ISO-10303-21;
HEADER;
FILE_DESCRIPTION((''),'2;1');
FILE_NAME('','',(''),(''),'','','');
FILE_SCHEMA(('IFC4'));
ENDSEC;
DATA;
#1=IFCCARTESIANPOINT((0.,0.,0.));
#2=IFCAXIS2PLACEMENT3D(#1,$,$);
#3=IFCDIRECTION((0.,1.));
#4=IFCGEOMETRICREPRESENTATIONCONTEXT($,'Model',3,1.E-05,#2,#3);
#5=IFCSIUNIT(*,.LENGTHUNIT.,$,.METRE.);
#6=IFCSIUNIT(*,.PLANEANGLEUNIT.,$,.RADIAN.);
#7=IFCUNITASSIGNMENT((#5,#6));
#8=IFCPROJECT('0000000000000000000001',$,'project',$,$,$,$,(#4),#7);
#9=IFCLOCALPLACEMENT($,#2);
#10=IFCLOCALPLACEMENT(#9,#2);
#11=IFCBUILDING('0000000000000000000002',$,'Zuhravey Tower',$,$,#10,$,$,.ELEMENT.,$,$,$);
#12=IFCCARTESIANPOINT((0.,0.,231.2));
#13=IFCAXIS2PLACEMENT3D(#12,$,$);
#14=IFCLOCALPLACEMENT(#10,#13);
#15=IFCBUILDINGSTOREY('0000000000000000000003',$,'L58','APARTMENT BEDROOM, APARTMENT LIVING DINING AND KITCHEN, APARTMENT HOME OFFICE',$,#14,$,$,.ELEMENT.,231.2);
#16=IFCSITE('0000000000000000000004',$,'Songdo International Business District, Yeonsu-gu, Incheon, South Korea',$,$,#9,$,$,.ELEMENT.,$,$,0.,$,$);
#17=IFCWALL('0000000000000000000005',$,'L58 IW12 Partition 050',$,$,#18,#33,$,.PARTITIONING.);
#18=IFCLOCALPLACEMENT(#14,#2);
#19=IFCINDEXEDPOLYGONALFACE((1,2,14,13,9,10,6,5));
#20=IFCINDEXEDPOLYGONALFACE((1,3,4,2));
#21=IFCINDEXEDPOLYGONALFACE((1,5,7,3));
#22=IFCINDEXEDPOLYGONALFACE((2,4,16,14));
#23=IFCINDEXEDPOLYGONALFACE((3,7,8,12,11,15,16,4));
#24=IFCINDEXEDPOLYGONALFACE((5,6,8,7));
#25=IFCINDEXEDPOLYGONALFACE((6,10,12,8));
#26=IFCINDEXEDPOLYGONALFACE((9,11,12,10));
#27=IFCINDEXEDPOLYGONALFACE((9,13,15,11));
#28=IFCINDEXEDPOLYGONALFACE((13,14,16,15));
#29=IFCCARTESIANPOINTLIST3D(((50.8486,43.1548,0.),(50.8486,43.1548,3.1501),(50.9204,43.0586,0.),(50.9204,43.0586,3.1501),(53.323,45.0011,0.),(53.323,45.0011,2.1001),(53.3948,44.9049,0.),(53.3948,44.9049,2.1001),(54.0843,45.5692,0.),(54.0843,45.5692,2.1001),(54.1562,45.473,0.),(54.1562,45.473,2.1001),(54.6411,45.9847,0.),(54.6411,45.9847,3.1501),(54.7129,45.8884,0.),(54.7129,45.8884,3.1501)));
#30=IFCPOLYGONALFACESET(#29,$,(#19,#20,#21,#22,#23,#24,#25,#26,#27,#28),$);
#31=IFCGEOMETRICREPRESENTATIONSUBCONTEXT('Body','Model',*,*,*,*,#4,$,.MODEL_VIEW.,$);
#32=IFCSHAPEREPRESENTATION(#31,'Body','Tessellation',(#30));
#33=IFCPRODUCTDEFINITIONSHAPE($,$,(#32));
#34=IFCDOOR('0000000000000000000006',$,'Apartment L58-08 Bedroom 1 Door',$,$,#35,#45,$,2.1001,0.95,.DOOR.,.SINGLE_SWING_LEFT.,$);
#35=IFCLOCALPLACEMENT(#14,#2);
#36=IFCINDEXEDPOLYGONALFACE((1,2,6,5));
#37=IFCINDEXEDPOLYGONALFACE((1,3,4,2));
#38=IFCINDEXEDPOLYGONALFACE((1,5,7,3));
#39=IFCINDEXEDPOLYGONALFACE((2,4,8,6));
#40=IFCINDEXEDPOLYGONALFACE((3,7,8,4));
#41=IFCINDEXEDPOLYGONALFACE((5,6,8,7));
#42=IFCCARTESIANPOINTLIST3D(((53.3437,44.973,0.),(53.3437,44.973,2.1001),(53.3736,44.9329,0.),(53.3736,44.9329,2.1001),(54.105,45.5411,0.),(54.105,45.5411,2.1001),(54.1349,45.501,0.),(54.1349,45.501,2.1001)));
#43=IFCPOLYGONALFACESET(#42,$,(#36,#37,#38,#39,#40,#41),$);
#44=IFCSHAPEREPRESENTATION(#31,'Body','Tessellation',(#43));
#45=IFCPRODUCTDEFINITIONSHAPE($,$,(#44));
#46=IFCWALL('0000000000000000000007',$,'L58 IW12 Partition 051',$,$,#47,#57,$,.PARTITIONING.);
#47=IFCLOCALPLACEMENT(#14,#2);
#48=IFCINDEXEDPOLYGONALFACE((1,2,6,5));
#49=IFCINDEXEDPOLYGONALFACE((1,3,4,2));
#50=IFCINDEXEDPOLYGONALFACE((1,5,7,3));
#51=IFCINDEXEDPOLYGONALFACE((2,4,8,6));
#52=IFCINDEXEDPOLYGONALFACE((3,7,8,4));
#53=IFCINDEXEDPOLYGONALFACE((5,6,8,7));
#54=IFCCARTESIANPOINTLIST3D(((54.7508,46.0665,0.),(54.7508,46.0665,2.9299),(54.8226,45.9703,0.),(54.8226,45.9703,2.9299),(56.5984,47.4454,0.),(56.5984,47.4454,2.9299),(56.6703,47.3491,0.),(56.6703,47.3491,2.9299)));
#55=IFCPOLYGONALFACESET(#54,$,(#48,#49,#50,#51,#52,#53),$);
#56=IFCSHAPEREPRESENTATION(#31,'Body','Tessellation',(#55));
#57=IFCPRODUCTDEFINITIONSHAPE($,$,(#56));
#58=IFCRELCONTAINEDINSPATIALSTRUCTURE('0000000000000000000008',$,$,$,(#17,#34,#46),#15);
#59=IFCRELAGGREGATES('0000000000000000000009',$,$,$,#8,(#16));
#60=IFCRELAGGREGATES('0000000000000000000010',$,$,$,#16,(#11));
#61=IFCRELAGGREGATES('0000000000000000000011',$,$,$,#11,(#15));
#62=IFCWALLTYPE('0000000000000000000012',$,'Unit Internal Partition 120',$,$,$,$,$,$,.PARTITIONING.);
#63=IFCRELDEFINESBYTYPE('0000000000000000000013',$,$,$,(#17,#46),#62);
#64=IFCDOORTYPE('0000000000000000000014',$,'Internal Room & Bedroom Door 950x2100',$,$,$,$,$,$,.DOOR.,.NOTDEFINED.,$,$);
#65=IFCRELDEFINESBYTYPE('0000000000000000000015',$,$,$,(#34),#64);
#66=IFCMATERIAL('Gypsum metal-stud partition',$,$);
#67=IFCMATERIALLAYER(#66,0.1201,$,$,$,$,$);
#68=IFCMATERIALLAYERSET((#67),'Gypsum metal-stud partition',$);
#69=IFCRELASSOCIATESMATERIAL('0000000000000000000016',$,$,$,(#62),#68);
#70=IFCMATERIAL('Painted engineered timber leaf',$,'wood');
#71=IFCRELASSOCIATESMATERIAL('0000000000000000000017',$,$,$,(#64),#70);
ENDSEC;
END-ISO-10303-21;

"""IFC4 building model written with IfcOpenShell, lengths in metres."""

from ifc_helpers import new_model, si_unit, direction, frame, frame_2d, origin, place, context, subcontext, project, spatial, rectangle, extrude, material, layer, layer_set, type_object, element, fill, save


model = new_model("IFC4")

# Units and contexts
model_context = context("Model", 3, precision=1e-05, world=origin(), true_north=direction((0.0, 1.0)))
body_context = subcontext(model_context, "Body", "Model", "MODEL_VIEW")
ifc_project = project(units=[si_unit("LENGTHUNIT", "METRE"), si_unit("PLANEANGLEUNIT", "RADIAN")], contexts=[model_context])

# Site, building, storey
site_placement = place(None, origin())
site = spatial("IfcSite", under=ifc_project, at=site_placement, Name="Songdo International Business District, Yeonsu-gu, Incheon, South Korea", CompositionType="ELEMENT", RefElevation=0.0)
building_placement = place(site_placement, origin())
building = spatial("IfcBuilding", under=site, at=building_placement, Name="Zuhravey Tower", CompositionType="ELEMENT")
storey_placement = place(building_placement, frame((0.0, 0.0, 231.2)))
storey = spatial("IfcBuildingStorey", under=building, at=storey_placement, Name="L58", Description="APARTMENT BEDROOM, APARTMENT LIVING DINING AND KITCHEN, APARTMENT HOME OFFICE", CompositionType="ELEMENT", Elevation=231.2)

# Wall, opening, door
ifc_material_1 = material(Name="Gypsum metal-stud partition")
ifc_layer_1 = layer(ifc_material_1, 0.1201)
ifc_layer_set_1 = layer_set([ifc_layer_1], Name="Gypsum metal-stud partition")
wall_type = type_object("IfcWallType", Name="Unit Internal Partition 120", PredefinedType="PARTITIONING", material=ifc_layer_set_1)
ifc_material_2 = material(Name="Painted engineered timber leaf", Category="wood")
door_type_1 = type_object("IfcDoorType", Name="Internal Room & Bedroom Door 950x2100", OperationType="NOTDEFINED", PredefinedType="DOOR", material=ifc_material_2)
wall_1_placement = place(storey_placement, frame((50.8845, 43.1067, 0.0), z_axis=(0.0, 0.0, 1.0), x_axis=(0.801471, 0.598033, 0.0)))
wall_1 = element("IfcWall", 1, at=wall_1_placement, inside=storey, type_object=wall_type, Name="L58 IW12 Partition 050", PredefinedType="PARTITIONING", context=body_context, shape_type="SweptSolid", body=[
    extrude(rectangle(XDim=4.7319, YDim=0.1201, at=frame_2d((2.366, 0.0))), origin(), (0.0, 0.0, 1.0), 3.1501),
])
opening_1_placement = place(wall_1_placement, frame((3.0872, 0.0, 0.0)))
opening_1 = element("IfcOpeningElement", 2, at=opening_1_placement, cuts=wall_1, PredefinedType="OPENING", context=body_context, shape_type="SweptSolid", body=[
    extrude(rectangle(XDim=0.95, YDim=2.1001, at=frame_2d((0.4751, 1.05))), frame((0.0, 0.072, 0.0), z_axis=(0.0, -1.0, 0.0), x_axis=(1.0, 0.0, 0.0)), (0.0, 0.0, 1.0), 0.144),
])
door_1_placement = place(opening_1_placement, frame((0.95, 0.0, 0.0), z_axis=(0.0, 0.0, 1.0), x_axis=(-1.0, 0.0, 0.0)))
door_1 = element("IfcDoor", 3, at=door_1_placement, inside=storey, type_object=door_type_1, Name="Apartment L58-08 Bedroom 1 Door", OperationType="SINGLE_SWING_LEFT", OverallHeight=2.1001, OverallWidth=0.95, PredefinedType="DOOR", context=body_context, shape_type="SweptSolid", body=[
    extrude(rectangle(XDim=0.95, YDim=2.1001, at=frame_2d((0.4751, 1.05))), frame((0.0, 0.0249, 0.0), z_axis=(0.0, -1.0, 0.0), x_axis=(1.0, 0.0, 0.0)), (0.0, 0.0, 1.0), 0.05),
])
fill(opening_1, door_1)

# Wall
wall_2_placement = place(storey_placement, frame((54.7866, 46.0183, 0.0), z_axis=(0.0, 0.0, 1.0), x_axis=(0.801421, 0.598101, 0.0)))
element("IfcWall", 4, at=wall_2_placement, inside=storey, type_object=wall_type, Name="L58 IW12 Partition 051", PredefinedType="PARTITIONING", context=body_context, shape_type="SweptSolid", body=[
    extrude(rectangle(XDim=2.3054, YDim=0.1201, at=frame_2d((1.1528, 0.0))), origin(), (0.0, 0.0, 1.0), 2.9299),
])

save(model, "model.ifc")
